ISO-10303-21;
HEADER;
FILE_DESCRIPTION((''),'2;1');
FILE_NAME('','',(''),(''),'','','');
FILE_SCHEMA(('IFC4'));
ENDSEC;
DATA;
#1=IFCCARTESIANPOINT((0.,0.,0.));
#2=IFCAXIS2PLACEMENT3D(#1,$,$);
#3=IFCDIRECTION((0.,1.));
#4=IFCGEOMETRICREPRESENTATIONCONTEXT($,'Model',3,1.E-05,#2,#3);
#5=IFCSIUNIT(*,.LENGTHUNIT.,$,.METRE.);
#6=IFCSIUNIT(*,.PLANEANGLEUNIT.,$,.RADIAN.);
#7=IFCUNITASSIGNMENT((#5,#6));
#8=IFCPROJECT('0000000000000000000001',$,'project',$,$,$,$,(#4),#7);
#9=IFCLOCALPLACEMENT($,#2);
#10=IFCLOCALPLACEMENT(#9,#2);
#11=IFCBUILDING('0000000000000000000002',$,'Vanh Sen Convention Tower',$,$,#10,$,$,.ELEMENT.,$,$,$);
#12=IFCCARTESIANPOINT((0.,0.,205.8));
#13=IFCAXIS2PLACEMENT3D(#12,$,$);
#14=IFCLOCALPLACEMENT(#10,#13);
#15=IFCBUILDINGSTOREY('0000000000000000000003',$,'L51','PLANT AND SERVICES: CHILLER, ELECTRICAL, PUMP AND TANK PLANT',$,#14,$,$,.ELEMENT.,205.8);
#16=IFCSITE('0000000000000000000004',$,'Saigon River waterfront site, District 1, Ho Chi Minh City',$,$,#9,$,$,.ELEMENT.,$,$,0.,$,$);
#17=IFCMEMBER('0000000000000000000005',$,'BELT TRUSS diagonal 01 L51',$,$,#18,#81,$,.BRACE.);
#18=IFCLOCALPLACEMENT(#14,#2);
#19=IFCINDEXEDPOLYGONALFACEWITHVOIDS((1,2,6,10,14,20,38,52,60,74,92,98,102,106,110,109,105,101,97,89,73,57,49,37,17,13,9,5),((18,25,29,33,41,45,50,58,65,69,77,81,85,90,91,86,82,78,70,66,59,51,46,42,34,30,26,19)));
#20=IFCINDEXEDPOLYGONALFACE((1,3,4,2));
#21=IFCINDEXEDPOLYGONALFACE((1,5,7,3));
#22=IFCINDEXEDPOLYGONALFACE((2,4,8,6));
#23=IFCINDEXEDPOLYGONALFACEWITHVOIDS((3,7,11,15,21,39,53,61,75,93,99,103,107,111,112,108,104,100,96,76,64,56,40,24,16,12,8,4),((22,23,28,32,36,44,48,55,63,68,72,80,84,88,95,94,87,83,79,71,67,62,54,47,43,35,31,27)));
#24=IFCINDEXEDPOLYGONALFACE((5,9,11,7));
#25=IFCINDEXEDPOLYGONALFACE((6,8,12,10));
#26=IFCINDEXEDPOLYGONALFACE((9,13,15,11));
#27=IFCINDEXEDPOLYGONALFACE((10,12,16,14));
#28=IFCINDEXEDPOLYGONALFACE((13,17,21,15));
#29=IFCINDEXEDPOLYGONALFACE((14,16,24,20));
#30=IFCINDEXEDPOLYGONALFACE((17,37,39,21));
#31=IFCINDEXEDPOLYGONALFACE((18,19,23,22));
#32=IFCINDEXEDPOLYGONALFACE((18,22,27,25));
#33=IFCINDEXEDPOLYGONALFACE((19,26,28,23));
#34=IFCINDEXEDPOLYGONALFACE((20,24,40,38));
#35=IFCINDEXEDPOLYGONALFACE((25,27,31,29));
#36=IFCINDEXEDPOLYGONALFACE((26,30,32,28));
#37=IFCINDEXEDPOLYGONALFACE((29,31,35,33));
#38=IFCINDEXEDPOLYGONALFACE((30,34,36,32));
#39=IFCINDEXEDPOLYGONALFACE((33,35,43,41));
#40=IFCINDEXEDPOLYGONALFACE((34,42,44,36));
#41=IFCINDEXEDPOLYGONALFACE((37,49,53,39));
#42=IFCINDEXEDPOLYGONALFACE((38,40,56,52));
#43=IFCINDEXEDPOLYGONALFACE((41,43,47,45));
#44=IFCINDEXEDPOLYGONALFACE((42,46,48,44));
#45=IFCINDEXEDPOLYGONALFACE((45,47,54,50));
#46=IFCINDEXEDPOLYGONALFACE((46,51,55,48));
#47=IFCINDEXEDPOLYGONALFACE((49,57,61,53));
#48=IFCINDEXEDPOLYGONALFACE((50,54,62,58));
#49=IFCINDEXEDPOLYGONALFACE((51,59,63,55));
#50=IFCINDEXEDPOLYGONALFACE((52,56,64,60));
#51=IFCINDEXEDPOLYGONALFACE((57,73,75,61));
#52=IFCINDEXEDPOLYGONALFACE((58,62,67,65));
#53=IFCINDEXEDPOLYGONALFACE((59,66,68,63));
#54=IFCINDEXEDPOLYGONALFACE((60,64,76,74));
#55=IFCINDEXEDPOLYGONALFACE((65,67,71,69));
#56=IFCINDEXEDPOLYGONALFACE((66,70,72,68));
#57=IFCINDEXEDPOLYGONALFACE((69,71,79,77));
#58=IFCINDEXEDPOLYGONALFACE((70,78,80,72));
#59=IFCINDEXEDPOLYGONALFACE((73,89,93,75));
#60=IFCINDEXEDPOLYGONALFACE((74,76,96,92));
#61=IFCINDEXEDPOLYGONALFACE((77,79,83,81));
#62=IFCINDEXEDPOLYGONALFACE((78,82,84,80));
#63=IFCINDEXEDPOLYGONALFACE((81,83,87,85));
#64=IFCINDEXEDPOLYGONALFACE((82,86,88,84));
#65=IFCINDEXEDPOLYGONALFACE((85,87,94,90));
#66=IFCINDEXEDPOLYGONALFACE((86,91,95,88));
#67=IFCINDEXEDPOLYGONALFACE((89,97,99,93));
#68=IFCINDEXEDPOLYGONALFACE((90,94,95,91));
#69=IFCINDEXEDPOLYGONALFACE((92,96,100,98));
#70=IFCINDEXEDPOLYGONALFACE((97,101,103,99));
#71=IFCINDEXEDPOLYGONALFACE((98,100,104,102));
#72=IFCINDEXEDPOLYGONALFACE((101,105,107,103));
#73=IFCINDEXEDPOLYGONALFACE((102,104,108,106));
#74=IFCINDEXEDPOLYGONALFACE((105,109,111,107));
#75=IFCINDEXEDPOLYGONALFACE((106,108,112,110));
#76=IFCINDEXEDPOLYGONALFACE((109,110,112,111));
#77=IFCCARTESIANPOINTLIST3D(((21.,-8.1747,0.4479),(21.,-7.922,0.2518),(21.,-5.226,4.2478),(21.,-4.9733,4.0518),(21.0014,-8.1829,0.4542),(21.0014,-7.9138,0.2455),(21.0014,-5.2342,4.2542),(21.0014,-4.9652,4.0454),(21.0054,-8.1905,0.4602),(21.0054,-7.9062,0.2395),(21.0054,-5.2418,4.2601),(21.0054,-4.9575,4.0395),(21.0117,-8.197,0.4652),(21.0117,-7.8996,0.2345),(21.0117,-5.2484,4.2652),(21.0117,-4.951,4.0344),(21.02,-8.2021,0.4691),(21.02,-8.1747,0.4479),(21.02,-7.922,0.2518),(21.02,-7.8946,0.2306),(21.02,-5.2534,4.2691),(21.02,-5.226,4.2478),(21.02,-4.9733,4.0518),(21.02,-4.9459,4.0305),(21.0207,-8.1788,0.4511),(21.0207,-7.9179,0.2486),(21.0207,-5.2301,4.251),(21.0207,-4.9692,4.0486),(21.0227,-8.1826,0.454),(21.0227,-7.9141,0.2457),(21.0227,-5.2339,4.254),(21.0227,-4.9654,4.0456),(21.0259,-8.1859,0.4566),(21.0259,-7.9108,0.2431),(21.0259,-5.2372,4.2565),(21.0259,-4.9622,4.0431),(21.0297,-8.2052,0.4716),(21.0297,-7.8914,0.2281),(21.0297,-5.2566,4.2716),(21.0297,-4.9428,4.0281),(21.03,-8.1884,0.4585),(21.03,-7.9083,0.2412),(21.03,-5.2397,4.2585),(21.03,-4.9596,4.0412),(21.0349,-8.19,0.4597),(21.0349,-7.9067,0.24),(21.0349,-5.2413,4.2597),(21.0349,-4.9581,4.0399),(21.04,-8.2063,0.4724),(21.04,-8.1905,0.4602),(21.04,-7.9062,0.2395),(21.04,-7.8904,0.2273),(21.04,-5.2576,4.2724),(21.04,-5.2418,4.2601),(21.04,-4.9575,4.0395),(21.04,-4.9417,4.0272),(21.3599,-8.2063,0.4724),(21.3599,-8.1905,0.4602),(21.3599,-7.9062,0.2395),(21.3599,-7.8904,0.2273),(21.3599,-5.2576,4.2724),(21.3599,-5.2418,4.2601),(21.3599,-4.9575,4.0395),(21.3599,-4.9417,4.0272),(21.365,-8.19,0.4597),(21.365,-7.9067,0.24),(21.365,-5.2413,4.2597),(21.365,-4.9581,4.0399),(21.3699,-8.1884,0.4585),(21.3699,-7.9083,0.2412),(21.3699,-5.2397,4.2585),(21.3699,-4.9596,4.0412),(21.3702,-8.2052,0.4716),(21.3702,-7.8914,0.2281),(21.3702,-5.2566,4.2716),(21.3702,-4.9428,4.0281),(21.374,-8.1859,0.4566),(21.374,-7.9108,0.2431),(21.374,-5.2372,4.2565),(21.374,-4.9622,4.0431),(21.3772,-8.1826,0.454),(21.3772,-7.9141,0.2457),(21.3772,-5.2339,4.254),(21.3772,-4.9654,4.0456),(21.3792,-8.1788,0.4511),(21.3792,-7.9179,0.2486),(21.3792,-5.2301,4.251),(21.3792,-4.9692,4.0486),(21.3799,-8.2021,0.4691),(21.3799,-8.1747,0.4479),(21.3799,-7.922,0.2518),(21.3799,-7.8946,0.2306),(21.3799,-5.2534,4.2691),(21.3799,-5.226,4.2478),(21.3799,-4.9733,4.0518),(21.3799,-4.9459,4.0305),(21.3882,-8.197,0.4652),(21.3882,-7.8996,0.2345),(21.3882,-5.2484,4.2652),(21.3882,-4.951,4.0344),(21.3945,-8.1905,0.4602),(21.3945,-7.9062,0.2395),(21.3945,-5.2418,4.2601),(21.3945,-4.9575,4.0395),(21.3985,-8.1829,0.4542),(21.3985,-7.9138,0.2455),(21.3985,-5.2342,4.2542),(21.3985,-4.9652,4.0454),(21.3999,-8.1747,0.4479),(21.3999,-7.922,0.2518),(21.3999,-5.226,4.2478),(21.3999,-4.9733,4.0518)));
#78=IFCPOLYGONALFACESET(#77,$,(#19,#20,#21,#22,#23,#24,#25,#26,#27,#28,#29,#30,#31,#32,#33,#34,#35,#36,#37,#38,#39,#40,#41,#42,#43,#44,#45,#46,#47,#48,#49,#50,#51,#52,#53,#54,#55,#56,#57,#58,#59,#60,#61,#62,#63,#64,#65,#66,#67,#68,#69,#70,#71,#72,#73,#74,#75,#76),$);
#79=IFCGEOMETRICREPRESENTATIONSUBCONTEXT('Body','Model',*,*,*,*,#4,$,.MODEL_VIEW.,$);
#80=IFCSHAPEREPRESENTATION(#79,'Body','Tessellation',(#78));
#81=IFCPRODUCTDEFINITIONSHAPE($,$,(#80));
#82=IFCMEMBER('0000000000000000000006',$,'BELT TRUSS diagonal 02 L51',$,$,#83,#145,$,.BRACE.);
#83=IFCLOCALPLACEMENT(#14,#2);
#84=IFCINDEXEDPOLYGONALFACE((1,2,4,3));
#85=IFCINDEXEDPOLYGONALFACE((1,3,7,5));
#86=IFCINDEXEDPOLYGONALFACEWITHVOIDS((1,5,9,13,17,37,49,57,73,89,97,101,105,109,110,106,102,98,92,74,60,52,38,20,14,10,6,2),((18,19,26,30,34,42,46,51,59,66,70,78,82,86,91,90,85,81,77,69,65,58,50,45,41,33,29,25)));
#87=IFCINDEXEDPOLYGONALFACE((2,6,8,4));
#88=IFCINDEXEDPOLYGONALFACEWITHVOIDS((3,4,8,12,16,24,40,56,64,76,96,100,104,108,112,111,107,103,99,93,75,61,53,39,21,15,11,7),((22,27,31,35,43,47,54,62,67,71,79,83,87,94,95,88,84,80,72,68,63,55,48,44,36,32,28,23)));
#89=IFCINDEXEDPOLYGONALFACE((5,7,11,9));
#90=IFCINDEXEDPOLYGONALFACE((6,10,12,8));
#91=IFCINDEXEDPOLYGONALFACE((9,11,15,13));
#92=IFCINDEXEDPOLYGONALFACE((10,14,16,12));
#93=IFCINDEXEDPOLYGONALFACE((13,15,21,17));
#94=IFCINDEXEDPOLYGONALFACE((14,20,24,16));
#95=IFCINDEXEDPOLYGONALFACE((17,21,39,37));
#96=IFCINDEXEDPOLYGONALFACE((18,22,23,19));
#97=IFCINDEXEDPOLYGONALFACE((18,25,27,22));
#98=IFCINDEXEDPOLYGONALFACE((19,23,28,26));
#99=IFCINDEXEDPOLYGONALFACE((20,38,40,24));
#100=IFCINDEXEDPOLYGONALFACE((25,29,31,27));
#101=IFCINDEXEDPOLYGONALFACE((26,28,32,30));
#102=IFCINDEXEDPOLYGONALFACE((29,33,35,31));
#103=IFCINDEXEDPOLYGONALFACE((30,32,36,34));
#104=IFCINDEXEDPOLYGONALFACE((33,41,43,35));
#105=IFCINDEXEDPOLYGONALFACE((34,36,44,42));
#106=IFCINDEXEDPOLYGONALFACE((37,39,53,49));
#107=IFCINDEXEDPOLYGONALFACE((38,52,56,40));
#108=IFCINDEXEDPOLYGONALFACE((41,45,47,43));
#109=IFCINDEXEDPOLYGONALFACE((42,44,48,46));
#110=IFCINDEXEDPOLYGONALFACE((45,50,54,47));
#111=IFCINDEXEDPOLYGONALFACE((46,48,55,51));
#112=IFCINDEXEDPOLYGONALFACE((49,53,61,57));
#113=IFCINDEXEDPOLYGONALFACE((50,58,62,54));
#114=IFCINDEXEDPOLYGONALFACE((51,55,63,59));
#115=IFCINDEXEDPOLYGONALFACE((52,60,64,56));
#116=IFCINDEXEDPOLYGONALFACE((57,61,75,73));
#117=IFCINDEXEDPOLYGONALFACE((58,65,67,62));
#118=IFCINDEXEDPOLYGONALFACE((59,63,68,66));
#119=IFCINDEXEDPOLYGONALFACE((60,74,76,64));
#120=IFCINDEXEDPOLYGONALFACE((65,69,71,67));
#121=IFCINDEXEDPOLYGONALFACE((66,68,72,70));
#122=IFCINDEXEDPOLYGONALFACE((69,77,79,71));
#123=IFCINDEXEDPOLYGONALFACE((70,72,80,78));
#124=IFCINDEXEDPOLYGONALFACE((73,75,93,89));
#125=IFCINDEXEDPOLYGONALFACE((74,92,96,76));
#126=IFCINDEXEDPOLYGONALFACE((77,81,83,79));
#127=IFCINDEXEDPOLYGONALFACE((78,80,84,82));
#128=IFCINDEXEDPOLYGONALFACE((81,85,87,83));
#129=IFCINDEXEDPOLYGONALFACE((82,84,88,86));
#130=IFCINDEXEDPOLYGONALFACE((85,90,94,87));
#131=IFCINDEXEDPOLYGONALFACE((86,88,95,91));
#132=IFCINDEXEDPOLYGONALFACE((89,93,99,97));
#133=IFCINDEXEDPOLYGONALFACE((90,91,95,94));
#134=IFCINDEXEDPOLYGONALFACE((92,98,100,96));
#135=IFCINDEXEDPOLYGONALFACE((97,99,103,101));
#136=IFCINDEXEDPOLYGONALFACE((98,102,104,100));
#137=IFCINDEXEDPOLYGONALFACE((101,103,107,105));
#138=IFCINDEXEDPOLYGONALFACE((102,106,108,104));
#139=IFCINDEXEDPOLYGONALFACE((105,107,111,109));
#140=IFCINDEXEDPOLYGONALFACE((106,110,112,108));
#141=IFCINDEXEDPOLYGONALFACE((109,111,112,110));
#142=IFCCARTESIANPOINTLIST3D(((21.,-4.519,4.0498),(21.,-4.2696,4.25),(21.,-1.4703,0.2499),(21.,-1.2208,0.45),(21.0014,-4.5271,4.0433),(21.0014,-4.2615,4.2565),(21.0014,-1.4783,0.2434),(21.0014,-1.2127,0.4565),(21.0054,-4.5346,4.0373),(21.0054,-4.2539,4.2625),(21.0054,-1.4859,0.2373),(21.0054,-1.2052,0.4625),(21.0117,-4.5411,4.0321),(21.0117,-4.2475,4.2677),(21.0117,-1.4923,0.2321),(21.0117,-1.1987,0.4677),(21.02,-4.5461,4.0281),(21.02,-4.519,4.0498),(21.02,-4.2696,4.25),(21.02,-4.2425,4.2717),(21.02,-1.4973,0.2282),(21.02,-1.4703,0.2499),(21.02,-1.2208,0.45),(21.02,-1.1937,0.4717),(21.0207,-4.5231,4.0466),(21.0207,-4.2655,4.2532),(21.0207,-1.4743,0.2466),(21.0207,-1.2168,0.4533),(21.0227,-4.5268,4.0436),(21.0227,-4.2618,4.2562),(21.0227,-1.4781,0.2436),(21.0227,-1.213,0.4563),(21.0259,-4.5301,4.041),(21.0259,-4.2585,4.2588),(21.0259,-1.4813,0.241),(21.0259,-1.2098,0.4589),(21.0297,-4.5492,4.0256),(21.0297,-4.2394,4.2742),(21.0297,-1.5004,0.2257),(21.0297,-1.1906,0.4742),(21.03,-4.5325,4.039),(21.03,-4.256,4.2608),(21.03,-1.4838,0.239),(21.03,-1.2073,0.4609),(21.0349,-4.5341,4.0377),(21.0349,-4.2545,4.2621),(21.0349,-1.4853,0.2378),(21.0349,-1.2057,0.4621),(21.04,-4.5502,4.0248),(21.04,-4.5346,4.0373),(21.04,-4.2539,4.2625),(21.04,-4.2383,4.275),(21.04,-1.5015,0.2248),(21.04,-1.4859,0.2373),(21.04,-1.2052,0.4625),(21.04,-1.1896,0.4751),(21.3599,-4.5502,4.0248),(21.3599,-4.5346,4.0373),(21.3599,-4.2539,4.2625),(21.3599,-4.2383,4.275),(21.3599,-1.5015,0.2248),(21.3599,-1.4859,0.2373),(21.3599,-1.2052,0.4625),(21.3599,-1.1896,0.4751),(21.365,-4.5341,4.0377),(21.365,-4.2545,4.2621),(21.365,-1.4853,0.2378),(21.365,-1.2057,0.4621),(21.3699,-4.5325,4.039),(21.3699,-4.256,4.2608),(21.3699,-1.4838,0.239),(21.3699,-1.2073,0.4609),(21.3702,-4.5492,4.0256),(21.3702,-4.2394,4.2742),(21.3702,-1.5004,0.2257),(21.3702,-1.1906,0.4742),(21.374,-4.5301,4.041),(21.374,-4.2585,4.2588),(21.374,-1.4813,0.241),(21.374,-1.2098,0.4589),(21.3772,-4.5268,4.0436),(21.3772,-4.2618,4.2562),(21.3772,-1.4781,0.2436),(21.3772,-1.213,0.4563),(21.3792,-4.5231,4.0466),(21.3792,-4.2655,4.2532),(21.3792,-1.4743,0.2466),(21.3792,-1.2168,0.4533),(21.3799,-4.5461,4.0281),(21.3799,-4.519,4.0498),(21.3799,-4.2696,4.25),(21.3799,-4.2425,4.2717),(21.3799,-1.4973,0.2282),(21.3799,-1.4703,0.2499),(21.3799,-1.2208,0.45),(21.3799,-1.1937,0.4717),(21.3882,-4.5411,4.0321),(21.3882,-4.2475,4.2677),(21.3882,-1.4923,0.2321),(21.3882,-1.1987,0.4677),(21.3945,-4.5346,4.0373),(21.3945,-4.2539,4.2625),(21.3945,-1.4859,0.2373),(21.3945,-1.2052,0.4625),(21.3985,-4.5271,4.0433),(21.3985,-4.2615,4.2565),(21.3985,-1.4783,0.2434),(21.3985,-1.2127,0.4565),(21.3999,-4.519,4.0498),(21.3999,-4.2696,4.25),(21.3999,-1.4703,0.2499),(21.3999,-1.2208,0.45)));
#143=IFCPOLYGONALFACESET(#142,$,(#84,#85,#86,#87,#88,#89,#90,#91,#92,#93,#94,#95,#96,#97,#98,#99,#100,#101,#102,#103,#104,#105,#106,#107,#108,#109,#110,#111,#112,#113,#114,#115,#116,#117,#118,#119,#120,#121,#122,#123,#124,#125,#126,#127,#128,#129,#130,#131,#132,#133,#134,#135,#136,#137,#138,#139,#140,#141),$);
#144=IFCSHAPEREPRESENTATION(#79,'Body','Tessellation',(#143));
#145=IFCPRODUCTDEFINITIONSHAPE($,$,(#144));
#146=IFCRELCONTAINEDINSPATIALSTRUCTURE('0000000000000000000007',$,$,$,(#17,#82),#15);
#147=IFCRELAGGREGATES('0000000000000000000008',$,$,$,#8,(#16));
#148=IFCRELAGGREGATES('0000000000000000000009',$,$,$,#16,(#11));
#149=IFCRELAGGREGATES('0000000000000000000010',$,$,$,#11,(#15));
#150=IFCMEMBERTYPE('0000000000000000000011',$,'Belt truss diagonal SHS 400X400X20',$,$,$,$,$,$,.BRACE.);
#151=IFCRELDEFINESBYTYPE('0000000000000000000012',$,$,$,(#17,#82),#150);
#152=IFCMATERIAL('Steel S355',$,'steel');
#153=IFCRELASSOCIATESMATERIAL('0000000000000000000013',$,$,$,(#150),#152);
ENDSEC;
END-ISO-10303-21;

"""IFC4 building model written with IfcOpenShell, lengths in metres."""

from ifc_helpers import new_model, si_unit, direction, frame, origin, origin_2d, place, context, subcontext, project, spatial, hollow_rectangle, extrude, material, material_profile, profile_set, type_object, element, save


model = new_model("IFC4")

# Units and contexts
model_context = context("Model", 3, precision=1e-05, world=origin(), true_north=direction((0.0, 1.0)))
body_context = subcontext(model_context, "Body", "Model", "MODEL_VIEW")
ifc_project = project(units=[si_unit("LENGTHUNIT", "METRE"), si_unit("PLANEANGLEUNIT", "RADIAN")], contexts=[model_context])

# Site, building, storey
site_placement = place(None, origin())
site = spatial("IfcSite", under=ifc_project, at=site_placement, Name="Saigon River waterfront site, District 1, Ho Chi Minh City", CompositionType="ELEMENT", RefElevation=0.0)
building_placement = place(site_placement, origin())
building = spatial("IfcBuilding", under=site, at=building_placement, Name="Vanh Sen Convention Tower", CompositionType="ELEMENT")
storey_placement = place(building_placement, frame((0.0, 0.0, 205.8)))
storey = spatial("IfcBuildingStorey", under=building, at=storey_placement, Name="L51", Description="PLANT AND SERVICES: CHILLER, ELECTRICAL, PUMP AND TANK PLANT", CompositionType="ELEMENT", Elevation=205.8)

# Members
ifc_material_1 = material(Name="Steel S355", Category="steel")
ifc_material_profile_1 = material_profile(ifc_material_1, hollow_rectangle(XDim=0.3999, YDim=0.3999, WallThickness=0.02, InnerFilletRadius=0.02, OuterFilletRadius=0.04, at=origin_2d()), Name="SHS 400X400X20")
ifc_profile_set_1 = profile_set([ifc_material_profile_1], Name="Steel S355")
member_type_1 = type_object("IfcMemberType", Name="Belt truss diagonal SHS 400X400X20", PredefinedType="BRACE", material=ifc_profile_set_1)
member_1_placement = place(storey_placement, frame((21.2, -8.0483, 0.3499), z_axis=(0.0, 0.613051, 0.790043), x_axis=(-1.0, 0.0, 0.0)))
element("IfcMember", 1, at=member_1_placement, inside=storey, type_object=member_type_1, Name="BELT TRUSS diagonal 01 L51", PredefinedType="BRACE", context=body_context, shape_type="SweptSolid", body=[
    extrude(hollow_rectangle(XDim=0.3999, YDim=0.3999, WallThickness=0.02, InnerFilletRadius=0.02, OuterFilletRadius=0.04, at=origin_2d()), origin(), (0.0, 0.0, 1.0), 4.8098),
])
for number, where, z_axis, x_axis, name in (
    (2, (21.2, -4.3943, 4.1499), (0.0, 0.625794, -0.779988), (-1.0, 0.0, 0.0), "BELT TRUSS diagonal 02 L51"),
):
    element("IfcMember", number, at=place(storey_placement, frame(where, z_axis=z_axis, x_axis=x_axis)), inside=storey, type_object=member_type_1, Name=name, PredefinedType="BRACE", context=body_context, shape_type="SweptSolid", body=[
        extrude(hollow_rectangle(XDim=0.3999, YDim=0.3999, WallThickness=0.02, InnerFilletRadius=0.02, OuterFilletRadius=0.04, at=origin_2d()), origin(), (0.0, 0.0, 1.0), 4.8718),
    ])

save(model, "model.ifc")
